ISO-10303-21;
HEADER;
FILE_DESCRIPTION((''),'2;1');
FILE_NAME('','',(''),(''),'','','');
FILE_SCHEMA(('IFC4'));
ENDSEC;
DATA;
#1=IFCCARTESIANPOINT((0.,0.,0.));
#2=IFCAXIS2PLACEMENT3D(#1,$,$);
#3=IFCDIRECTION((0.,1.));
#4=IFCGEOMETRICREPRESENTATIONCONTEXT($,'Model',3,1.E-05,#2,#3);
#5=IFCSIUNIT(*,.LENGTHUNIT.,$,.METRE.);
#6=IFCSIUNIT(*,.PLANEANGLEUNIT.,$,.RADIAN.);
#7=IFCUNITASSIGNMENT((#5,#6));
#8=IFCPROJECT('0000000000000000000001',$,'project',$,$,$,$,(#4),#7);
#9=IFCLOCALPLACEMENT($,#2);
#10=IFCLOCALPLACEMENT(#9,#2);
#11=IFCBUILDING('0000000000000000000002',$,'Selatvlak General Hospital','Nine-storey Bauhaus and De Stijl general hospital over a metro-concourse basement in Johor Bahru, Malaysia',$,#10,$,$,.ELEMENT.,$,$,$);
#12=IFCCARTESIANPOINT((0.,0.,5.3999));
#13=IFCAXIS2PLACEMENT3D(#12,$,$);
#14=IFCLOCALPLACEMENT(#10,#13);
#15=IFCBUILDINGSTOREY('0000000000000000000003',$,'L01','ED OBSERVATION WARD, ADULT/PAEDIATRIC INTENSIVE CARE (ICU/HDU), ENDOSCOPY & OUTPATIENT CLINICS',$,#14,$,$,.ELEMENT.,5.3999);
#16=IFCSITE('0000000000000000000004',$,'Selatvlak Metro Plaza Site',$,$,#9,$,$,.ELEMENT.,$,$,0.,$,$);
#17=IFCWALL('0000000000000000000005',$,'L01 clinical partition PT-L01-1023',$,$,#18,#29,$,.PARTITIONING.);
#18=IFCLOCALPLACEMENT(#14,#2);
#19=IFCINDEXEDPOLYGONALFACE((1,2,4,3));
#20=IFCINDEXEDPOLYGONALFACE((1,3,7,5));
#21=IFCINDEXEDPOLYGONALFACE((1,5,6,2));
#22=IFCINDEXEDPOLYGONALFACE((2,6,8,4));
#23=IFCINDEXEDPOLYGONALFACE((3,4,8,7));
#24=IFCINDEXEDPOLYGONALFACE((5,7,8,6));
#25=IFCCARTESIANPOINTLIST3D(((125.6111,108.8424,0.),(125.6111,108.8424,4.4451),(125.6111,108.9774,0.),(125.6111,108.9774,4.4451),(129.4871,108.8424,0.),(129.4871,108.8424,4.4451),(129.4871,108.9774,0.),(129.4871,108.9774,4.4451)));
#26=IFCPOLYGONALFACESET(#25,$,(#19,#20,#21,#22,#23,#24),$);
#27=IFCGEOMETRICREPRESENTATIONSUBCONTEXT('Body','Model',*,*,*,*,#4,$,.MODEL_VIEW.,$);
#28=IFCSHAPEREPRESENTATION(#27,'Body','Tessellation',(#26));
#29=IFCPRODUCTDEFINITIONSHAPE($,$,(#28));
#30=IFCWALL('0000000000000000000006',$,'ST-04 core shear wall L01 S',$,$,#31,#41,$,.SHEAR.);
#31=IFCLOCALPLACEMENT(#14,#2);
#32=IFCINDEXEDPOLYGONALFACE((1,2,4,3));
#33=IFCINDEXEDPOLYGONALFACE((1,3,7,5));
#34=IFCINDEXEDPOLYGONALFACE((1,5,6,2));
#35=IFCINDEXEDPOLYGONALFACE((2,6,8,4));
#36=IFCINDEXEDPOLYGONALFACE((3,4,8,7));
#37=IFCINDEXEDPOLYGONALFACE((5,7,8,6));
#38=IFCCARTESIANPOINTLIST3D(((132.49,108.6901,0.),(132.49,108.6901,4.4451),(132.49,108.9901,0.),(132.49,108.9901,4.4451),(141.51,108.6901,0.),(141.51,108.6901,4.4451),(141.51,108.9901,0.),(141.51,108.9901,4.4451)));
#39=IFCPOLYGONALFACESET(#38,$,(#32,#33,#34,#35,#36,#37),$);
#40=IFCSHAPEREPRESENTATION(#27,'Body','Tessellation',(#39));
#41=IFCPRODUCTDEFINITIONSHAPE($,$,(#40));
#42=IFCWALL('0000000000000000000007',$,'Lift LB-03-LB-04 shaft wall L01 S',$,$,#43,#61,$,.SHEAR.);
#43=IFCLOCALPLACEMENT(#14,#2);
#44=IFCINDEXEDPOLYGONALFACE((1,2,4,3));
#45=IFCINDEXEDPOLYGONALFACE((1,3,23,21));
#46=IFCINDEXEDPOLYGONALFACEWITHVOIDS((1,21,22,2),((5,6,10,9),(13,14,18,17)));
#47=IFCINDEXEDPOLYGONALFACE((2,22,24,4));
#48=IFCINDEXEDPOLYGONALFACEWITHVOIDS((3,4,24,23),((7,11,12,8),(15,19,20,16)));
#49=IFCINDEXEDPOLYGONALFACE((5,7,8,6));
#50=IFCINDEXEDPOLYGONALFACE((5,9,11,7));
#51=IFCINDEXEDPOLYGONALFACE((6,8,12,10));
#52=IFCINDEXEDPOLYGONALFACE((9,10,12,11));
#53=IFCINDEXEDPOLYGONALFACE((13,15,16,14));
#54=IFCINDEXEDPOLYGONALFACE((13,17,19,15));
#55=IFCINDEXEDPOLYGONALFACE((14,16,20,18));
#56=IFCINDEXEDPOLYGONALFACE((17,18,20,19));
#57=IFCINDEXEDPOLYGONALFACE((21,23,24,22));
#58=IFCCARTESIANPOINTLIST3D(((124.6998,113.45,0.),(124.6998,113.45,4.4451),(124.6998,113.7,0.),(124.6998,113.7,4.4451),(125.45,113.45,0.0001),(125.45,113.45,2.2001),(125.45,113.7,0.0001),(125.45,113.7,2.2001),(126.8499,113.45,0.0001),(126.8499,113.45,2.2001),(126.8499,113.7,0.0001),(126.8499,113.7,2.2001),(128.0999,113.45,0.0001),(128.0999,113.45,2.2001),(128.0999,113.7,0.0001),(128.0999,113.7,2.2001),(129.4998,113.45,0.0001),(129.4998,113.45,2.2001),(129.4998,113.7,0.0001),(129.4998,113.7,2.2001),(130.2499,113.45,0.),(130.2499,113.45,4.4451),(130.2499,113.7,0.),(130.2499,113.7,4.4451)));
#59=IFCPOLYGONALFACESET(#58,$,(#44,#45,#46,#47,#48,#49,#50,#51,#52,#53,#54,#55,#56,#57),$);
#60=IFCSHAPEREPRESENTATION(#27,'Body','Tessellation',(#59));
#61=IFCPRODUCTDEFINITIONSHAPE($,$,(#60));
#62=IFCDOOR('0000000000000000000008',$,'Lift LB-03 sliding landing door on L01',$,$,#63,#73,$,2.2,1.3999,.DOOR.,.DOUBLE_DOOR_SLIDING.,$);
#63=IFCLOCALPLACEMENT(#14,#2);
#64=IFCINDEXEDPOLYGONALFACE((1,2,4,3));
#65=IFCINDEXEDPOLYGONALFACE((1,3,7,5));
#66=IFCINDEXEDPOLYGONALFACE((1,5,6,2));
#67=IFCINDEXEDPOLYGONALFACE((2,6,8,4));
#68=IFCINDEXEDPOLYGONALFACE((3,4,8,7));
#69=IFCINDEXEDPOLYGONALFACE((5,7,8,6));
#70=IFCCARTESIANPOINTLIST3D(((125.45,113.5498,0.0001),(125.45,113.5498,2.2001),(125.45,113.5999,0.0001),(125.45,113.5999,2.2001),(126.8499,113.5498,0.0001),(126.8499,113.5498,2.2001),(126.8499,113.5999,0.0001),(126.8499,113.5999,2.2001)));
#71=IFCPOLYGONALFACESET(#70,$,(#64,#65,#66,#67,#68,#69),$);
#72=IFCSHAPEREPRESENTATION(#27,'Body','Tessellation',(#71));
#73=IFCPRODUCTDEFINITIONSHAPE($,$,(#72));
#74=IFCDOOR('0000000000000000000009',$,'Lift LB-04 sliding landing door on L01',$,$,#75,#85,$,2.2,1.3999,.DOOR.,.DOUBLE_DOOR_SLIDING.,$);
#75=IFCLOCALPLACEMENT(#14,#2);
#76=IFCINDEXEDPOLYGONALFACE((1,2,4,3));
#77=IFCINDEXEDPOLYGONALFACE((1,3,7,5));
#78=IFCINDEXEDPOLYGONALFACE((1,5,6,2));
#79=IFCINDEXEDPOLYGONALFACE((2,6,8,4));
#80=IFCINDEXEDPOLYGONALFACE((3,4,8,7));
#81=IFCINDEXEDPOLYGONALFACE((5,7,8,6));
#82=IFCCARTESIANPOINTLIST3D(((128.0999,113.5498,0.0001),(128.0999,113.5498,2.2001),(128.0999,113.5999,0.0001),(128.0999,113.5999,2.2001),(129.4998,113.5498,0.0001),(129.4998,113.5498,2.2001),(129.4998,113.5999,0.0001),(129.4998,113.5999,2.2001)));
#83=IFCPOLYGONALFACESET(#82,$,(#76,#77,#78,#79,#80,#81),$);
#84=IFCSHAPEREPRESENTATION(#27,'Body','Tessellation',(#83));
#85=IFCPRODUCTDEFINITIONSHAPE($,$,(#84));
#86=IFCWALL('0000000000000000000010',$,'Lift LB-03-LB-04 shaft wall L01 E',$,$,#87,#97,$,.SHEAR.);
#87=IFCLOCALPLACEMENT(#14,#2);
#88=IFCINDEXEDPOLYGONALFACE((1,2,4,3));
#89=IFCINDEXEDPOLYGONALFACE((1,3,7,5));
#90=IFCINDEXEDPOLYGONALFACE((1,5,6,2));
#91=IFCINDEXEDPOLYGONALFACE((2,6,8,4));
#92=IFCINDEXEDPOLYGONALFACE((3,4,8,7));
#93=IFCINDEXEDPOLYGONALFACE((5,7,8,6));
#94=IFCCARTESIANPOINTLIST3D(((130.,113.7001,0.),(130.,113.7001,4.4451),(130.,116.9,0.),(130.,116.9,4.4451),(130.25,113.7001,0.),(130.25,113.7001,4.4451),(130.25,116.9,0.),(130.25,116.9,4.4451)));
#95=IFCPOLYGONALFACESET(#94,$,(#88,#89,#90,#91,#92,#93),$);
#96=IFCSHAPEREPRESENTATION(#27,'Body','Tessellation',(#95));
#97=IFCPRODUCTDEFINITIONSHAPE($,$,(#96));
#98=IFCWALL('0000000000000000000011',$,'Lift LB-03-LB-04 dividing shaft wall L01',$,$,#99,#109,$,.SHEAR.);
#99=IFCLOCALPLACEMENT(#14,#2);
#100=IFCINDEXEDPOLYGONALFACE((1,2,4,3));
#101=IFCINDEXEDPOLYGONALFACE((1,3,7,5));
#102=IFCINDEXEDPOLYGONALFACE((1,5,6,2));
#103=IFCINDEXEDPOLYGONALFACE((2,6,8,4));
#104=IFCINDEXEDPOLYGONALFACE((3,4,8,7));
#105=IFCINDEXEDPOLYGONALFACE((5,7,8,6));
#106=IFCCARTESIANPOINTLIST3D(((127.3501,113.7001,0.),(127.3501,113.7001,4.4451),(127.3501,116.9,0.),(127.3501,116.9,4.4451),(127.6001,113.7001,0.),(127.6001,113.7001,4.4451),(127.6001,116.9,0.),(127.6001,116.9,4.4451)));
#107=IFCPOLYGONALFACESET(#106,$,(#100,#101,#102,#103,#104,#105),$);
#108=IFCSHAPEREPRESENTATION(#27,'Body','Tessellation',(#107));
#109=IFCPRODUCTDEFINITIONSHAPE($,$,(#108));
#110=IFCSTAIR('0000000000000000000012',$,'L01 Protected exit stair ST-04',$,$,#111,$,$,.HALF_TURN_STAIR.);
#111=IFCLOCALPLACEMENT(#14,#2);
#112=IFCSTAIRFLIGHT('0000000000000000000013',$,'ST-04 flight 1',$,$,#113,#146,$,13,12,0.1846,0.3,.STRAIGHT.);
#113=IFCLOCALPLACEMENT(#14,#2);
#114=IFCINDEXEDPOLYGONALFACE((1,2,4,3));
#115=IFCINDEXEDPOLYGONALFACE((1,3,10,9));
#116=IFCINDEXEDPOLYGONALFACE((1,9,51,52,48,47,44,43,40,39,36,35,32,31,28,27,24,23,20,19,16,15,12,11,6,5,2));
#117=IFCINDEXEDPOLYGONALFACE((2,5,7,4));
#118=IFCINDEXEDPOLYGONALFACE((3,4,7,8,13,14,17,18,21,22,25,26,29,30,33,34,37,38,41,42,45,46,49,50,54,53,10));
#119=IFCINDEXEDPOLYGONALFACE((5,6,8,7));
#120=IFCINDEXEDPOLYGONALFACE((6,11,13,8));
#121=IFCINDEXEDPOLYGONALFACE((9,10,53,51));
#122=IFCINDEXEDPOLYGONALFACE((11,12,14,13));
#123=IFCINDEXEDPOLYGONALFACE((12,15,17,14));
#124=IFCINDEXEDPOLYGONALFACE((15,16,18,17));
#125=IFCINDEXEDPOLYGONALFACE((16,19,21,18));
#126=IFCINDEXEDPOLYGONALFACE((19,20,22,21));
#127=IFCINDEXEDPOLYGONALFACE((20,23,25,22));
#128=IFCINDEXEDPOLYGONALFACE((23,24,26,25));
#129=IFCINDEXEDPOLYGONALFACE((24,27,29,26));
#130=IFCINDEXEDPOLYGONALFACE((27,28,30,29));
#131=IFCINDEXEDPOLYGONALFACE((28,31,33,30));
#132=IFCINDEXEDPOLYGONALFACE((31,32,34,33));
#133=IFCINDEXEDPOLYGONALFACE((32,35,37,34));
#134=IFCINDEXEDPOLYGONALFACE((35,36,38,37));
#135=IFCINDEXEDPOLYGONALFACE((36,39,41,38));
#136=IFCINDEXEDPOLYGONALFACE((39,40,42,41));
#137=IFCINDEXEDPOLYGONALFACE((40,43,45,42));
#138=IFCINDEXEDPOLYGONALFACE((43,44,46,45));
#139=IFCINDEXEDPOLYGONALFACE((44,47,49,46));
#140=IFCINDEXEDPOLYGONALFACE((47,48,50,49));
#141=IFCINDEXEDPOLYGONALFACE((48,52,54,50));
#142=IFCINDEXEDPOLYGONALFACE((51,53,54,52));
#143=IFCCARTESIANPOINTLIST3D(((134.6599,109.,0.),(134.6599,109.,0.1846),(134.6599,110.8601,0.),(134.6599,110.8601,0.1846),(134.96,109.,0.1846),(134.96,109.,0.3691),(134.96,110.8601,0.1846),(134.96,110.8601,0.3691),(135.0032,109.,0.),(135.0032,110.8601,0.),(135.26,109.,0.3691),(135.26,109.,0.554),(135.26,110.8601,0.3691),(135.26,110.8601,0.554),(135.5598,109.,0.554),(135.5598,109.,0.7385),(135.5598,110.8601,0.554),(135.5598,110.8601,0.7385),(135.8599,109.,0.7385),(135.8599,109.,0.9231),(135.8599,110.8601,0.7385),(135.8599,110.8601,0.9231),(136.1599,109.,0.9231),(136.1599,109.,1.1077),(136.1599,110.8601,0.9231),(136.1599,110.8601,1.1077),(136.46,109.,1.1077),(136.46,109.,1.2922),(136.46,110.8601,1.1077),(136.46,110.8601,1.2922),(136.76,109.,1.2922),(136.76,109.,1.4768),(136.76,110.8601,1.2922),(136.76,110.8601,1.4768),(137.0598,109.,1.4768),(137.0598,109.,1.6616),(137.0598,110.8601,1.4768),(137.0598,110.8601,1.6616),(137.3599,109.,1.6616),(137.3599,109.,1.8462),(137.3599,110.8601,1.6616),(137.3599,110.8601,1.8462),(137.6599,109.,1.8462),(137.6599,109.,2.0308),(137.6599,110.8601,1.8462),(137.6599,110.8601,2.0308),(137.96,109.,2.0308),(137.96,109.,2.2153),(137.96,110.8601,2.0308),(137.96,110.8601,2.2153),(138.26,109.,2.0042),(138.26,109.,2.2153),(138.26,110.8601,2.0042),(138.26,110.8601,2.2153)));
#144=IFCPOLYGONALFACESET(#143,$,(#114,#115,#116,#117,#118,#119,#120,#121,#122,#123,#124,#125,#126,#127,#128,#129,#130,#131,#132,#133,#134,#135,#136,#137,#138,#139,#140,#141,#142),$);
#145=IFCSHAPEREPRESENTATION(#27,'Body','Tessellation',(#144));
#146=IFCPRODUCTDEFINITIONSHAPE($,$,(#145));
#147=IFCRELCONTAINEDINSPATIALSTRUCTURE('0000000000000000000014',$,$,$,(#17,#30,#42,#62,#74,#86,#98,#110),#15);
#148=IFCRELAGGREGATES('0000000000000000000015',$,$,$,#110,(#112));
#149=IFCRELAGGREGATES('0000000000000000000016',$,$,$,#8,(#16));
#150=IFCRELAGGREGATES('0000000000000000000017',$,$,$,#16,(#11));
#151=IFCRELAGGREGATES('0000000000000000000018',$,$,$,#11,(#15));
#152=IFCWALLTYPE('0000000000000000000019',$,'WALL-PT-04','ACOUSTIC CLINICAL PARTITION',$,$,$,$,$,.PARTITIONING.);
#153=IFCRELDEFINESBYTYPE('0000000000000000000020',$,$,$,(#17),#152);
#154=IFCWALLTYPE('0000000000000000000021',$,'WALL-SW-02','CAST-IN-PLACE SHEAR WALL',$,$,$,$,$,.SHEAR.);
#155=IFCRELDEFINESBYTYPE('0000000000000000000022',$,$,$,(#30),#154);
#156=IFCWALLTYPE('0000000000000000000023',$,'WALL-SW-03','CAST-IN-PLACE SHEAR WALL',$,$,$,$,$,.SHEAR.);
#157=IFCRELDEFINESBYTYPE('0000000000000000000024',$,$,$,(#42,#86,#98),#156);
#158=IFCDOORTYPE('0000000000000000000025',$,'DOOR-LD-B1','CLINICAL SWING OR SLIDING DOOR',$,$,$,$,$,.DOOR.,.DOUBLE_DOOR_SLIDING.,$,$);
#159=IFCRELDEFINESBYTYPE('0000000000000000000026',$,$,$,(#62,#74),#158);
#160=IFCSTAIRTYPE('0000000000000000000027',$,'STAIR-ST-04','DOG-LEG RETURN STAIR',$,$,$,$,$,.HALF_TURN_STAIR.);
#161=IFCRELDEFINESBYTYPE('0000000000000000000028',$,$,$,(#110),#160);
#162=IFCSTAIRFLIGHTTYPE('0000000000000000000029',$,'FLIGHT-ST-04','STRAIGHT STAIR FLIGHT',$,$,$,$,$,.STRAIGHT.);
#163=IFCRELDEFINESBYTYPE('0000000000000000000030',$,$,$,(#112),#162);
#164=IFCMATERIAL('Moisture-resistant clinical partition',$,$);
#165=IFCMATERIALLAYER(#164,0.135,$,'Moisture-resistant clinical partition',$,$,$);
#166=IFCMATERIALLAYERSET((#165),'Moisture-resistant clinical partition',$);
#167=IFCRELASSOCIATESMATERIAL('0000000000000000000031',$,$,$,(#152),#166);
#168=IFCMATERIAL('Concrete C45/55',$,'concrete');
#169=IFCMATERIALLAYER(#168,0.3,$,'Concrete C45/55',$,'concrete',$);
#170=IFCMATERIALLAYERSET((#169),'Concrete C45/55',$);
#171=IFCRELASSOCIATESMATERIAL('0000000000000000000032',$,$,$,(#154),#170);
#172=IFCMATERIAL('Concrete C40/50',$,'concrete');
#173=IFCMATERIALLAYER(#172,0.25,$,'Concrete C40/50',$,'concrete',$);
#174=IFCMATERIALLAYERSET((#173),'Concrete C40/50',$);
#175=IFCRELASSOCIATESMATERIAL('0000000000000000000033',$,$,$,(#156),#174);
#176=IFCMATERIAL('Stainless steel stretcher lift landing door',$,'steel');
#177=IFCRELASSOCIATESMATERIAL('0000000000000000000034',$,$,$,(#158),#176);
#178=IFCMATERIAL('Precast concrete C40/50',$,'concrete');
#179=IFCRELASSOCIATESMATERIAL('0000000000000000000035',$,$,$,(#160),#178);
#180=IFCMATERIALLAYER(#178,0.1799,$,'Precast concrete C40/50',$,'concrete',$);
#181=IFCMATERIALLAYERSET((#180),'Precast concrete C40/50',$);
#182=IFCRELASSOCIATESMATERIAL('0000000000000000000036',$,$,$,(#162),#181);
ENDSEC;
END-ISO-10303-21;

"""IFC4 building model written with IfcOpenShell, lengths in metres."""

from ifc_helpers import new_model, si_unit, direction, frame, frame_2d, origin, place, context, subcontext, project, spatial, polyline, rectangle, outline, extrude, material, layer, layer_set, type_object, element, fill, aggregate, save


model = new_model("IFC4")

# Units and contexts
model_context = context("Model", 3, precision=1e-05, world=origin(), true_north=direction((0.0, 1.0)))
body_context = subcontext(model_context, "Body", "Model", "MODEL_VIEW")
ifc_project = project(units=[si_unit("LENGTHUNIT", "METRE"), si_unit("PLANEANGLEUNIT", "RADIAN")], contexts=[model_context])

# Site, building, storey
site_placement = place(None, origin())
site = spatial("IfcSite", under=ifc_project, at=site_placement, Name="Selatvlak Metro Plaza Site", CompositionType="ELEMENT", RefElevation=0.0)
building_placement = place(site_placement, origin())
building = spatial("IfcBuilding", under=site, at=building_placement, Name="Selatvlak General Hospital", Description="Nine-storey Bauhaus and De Stijl general hospital over a metro-concourse basement in Johor Bahru, Malaysia", CompositionType="ELEMENT")
storey_placement = place(building_placement, frame((0.0, 0.0, 5.3999)))
storey = spatial("IfcBuildingStorey", under=building, at=storey_placement, Name="L01", Description="ED OBSERVATION WARD, ADULT/PAEDIATRIC INTENSIVE CARE (ICU/HDU), ENDOSCOPY & OUTPATIENT CLINICS", CompositionType="ELEMENT", Elevation=5.3999)

# Shared definitions
ifc_material_1 = material(Name="Concrete C40/50", Category="concrete")

# Walls
ifc_material_2 = material(Name="Moisture-resistant clinical partition")
ifc_layer_1 = layer(ifc_material_2, 0.135, Name="Moisture-resistant clinical partition")
ifc_layer_set_1 = layer_set([ifc_layer_1], Name="Moisture-resistant clinical partition")
wall_type_1 = type_object("IfcWallType", Name="WALL-PT-04", Description="ACOUSTIC CLINICAL PARTITION", PredefinedType="PARTITIONING", material=ifc_layer_set_1)
wall_1_placement = place(storey_placement, frame((129.4871, 108.9099, 0.0), z_axis=(0.0, 0.0, 1.0), x_axis=(-1.0, 0.0, 0.0)))
element("IfcWall", 1, at=wall_1_placement, inside=storey, type_object=wall_type_1, Name="L01 clinical partition PT-L01-1023", PredefinedType="PARTITIONING", context=body_context, shape_type="SweptSolid", body=[
    extrude(rectangle(XDim=3.876, YDim=0.135, at=frame_2d((1.938, 0.0))), origin(), (0.0, 0.0, 1.0), 4.4451),
])
ifc_material_3 = material(Name="Concrete C45/55", Category="concrete")
ifc_layer_2 = layer(ifc_material_3, 0.3, Name="Concrete C45/55", Category="concrete")
ifc_layer_set_2 = layer_set([ifc_layer_2], Name="Concrete C45/55")
wall_type_2 = type_object("IfcWallType", Name="WALL-SW-02", Description="CAST-IN-PLACE SHEAR WALL", PredefinedType="SHEAR", material=ifc_layer_set_2)
wall_2_placement = place(storey_placement, frame((132.49, 108.8401, 0.0), z_axis=(0.0, 0.0, 1.0), x_axis=(1.0, 0.0, 0.0)))
element("IfcWall", 2, at=wall_2_placement, inside=storey, type_object=wall_type_2, Name="ST-04 core shear wall L01 S", PredefinedType="SHEAR", context=body_context, shape_type="SweptSolid", body=[
    extrude(rectangle(XDim=9.02, YDim=0.3, at=frame_2d((4.51, 0.0))), origin(), (0.0, 0.0, 1.0), 4.4451),
])

# Wall, openings, doors
ifc_layer_3 = layer(ifc_material_1, 0.25, Name="Concrete C40/50", Category="concrete")
ifc_layer_set_3 = layer_set([ifc_layer_3], Name="Concrete C40/50")
wall_type_3 = type_object("IfcWallType", Name="WALL-SW-03", Description="CAST-IN-PLACE SHEAR WALL", PredefinedType="SHEAR", material=ifc_layer_set_3)
wall_3_placement = place(storey_placement, frame((124.7, 113.575, 0.0), z_axis=(0.0, 0.0, 1.0), x_axis=(1.0, 0.0, 0.0)))
wall_3 = element("IfcWall", 3, at=wall_3_placement, inside=storey, type_object=wall_type_3, Name="Lift LB-03-LB-04 shaft wall L01 S", PredefinedType="SHEAR", context=body_context, shape_type="SweptSolid", body=[
    extrude(rectangle(XDim=5.55, YDim=0.25, at=frame_2d((2.7749, 0.0))), origin(), (0.0, 0.0, 1.0), 4.4451),
])
opening_1_placement = place(wall_3_placement, frame((0.75, 0.0, 0.0)))
opening_1 = element("IfcOpeningElement", 4, at=opening_1_placement, cuts=wall_3, PredefinedType="OPENING", context=body_context, shape_type="SweptSolid", body=[
    extrude(rectangle(XDim=1.3999, YDim=2.2, at=frame_2d((0.7, 1.1001))), frame((0.0, 0.135, 0.0), z_axis=(0.0, -1.0, 0.0), x_axis=(1.0, 0.0, 0.0)), (0.0, 0.0, 1.0), 0.27),
])
opening_2_placement = place(wall_3_placement, frame((3.3999, 0.0, 0.0)))
opening_2 = element("IfcOpeningElement", 5, at=opening_2_placement, cuts=wall_3, PredefinedType="OPENING", context=body_context, shape_type="SweptSolid", body=[
    extrude(rectangle(XDim=1.3999, YDim=2.2, at=frame_2d((0.7, 1.1001))), frame((0.0, 0.135, 0.0), z_axis=(0.0, -1.0, 0.0), x_axis=(1.0, 0.0, 0.0)), (0.0, 0.0, 1.0), 0.27),
])
ifc_material_4 = material(Name="Stainless steel stretcher lift landing door", Category="steel")
door_type_1 = type_object("IfcDoorType", Name="DOOR-LD-B1", Description="CLINICAL SWING OR SLIDING DOOR", OperationType="DOUBLE_DOOR_SLIDING", PredefinedType="DOOR", material=ifc_material_4)
door_1_placement = place(opening_1_placement, origin())
door_1 = element("IfcDoor", 6, at=door_1_placement, inside=storey, type_object=door_type_1, Name="Lift LB-03 sliding landing door on L01", OperationType="DOUBLE_DOOR_SLIDING", OverallHeight=2.2, OverallWidth=1.3999, PredefinedType="DOOR", context=body_context, shape_type="SweptSolid", body=[
    extrude(rectangle(XDim=1.3999, YDim=2.2, at=frame_2d((0.7, 1.1001))), frame((0.0, 0.0249, 0.0), z_axis=(0.0, -1.0, 0.0), x_axis=(1.0, 0.0, 0.0)), (0.0, 0.0, 1.0), 0.05),
])
fill(opening_1, door_1)
door_2_placement = place(opening_2_placement, origin())
door_2 = element("IfcDoor", 7, at=door_2_placement, inside=storey, type_object=door_type_1, Name="Lift LB-04 sliding landing door on L01", OperationType="DOUBLE_DOOR_SLIDING", OverallHeight=2.2, OverallWidth=1.3999, PredefinedType="DOOR", context=body_context, shape_type="SweptSolid", body=[
    extrude(rectangle(XDim=1.3999, YDim=2.2, at=frame_2d((0.7, 1.1001))), frame((0.0, 0.0249, 0.0), z_axis=(0.0, -1.0, 0.0), x_axis=(1.0, 0.0, 0.0)), (0.0, 0.0, 1.0), 0.05),
])
fill(opening_2, door_2)

# Walls
for number, where, z_axis, x_axis, name in (
    (8, (130.125, 113.7, 0.0), (0.0, 0.0, 1.0), (0.0, 1.0, 0.0), "Lift LB-03-LB-04 shaft wall L01 E"),
    (9, (127.4751, 113.7, 0.0), (0.0, 0.0, 1.0), (0.0, 1.0, 0.0), "Lift LB-03-LB-04 dividing shaft wall L01"),
):
    element("IfcWall", number, at=place(storey_placement, frame(where, z_axis=z_axis, x_axis=x_axis)), inside=storey, type_object=wall_type_3, Name=name, PredefinedType="SHEAR", context=body_context, shape_type="SweptSolid", body=[
        extrude(rectangle(XDim=3.2, YDim=0.25, at=frame_2d((1.6001, 0.0))), origin(), (0.0, 0.0, 1.0), 4.4451),
    ])

# Stair, stair flight
ifc_material_5 = material(Name="Precast concrete C40/50", Category="concrete")
stair_type = type_object("IfcStairType", Name="STAIR-ST-04", Description="DOG-LEG RETURN STAIR", PredefinedType="HALF_TURN_STAIR", material=ifc_material_5)
stair_placement = place(storey_placement, origin())
stair = element("IfcStair", 10, at=stair_placement, inside=storey, type_object=stair_type, Name="L01 Protected exit stair ST-04", PredefinedType="HALF_TURN_STAIR")
ifc_layer_4 = layer(ifc_material_5, 0.1799, Name="Precast concrete C40/50", Category="concrete")
ifc_layer_set_4 = layer_set([ifc_layer_4], Name="Precast concrete C40/50")
stair_flight_type = type_object("IfcStairFlightType", Name="FLIGHT-ST-04", Description="STRAIGHT STAIR FLIGHT", PredefinedType="STRAIGHT", material=ifc_layer_set_4)
stair_flight_placement = place(storey_placement, frame((134.6599, 109.9299, 0.0), z_axis=(0.0, 0.0, 1.0), x_axis=(1.0, 0.0, 0.0)))
stair_flight = element("IfcStairFlight", 11, at=stair_flight_placement, type_object=stair_flight_type, Name="ST-04 flight 1", NumberOfRisers=13, NumberOfTreads=12, PredefinedType="STRAIGHT", RiserHeight=0.1846, TreadLength=0.3, context=body_context, shape_type="SweptSolid", body=[
    extrude(outline(polyline([(0.0, 0.0), (0.0, 0.1846), (0.3, 0.1846), (0.3, 0.3691), (0.6001, 0.3691), (0.6001, 0.554), (0.8999, 0.554), (0.8999, 0.7385), (1.2, 0.7385), (1.2, 0.9231), (1.5, 0.9231), (1.5, 1.1077), (1.8, 1.1077), (1.8, 1.2922), (2.1001, 1.2922), (2.1001, 1.4768), (2.3999, 1.4768), (2.3999, 1.6616), (2.7, 1.6616), (2.7, 1.8462), (3.0, 1.8462), (3.0, 2.0308), (3.3, 2.0308), (3.3, 2.2153), (3.6001, 2.2153), (3.6001, 2.3999), (3.6001, 2.0042), (0.3433, 0.0), (0.0, 0.0)])), frame((0.0, 0.9302, 0.0), z_axis=(0.0, -1.0, 0.0), x_axis=(1.0, 0.0, 0.0)), (0.0, 0.0, 1.0), 1.8601),
])
aggregate(stair, [stair_flight])

save(model, "model.ifc")
